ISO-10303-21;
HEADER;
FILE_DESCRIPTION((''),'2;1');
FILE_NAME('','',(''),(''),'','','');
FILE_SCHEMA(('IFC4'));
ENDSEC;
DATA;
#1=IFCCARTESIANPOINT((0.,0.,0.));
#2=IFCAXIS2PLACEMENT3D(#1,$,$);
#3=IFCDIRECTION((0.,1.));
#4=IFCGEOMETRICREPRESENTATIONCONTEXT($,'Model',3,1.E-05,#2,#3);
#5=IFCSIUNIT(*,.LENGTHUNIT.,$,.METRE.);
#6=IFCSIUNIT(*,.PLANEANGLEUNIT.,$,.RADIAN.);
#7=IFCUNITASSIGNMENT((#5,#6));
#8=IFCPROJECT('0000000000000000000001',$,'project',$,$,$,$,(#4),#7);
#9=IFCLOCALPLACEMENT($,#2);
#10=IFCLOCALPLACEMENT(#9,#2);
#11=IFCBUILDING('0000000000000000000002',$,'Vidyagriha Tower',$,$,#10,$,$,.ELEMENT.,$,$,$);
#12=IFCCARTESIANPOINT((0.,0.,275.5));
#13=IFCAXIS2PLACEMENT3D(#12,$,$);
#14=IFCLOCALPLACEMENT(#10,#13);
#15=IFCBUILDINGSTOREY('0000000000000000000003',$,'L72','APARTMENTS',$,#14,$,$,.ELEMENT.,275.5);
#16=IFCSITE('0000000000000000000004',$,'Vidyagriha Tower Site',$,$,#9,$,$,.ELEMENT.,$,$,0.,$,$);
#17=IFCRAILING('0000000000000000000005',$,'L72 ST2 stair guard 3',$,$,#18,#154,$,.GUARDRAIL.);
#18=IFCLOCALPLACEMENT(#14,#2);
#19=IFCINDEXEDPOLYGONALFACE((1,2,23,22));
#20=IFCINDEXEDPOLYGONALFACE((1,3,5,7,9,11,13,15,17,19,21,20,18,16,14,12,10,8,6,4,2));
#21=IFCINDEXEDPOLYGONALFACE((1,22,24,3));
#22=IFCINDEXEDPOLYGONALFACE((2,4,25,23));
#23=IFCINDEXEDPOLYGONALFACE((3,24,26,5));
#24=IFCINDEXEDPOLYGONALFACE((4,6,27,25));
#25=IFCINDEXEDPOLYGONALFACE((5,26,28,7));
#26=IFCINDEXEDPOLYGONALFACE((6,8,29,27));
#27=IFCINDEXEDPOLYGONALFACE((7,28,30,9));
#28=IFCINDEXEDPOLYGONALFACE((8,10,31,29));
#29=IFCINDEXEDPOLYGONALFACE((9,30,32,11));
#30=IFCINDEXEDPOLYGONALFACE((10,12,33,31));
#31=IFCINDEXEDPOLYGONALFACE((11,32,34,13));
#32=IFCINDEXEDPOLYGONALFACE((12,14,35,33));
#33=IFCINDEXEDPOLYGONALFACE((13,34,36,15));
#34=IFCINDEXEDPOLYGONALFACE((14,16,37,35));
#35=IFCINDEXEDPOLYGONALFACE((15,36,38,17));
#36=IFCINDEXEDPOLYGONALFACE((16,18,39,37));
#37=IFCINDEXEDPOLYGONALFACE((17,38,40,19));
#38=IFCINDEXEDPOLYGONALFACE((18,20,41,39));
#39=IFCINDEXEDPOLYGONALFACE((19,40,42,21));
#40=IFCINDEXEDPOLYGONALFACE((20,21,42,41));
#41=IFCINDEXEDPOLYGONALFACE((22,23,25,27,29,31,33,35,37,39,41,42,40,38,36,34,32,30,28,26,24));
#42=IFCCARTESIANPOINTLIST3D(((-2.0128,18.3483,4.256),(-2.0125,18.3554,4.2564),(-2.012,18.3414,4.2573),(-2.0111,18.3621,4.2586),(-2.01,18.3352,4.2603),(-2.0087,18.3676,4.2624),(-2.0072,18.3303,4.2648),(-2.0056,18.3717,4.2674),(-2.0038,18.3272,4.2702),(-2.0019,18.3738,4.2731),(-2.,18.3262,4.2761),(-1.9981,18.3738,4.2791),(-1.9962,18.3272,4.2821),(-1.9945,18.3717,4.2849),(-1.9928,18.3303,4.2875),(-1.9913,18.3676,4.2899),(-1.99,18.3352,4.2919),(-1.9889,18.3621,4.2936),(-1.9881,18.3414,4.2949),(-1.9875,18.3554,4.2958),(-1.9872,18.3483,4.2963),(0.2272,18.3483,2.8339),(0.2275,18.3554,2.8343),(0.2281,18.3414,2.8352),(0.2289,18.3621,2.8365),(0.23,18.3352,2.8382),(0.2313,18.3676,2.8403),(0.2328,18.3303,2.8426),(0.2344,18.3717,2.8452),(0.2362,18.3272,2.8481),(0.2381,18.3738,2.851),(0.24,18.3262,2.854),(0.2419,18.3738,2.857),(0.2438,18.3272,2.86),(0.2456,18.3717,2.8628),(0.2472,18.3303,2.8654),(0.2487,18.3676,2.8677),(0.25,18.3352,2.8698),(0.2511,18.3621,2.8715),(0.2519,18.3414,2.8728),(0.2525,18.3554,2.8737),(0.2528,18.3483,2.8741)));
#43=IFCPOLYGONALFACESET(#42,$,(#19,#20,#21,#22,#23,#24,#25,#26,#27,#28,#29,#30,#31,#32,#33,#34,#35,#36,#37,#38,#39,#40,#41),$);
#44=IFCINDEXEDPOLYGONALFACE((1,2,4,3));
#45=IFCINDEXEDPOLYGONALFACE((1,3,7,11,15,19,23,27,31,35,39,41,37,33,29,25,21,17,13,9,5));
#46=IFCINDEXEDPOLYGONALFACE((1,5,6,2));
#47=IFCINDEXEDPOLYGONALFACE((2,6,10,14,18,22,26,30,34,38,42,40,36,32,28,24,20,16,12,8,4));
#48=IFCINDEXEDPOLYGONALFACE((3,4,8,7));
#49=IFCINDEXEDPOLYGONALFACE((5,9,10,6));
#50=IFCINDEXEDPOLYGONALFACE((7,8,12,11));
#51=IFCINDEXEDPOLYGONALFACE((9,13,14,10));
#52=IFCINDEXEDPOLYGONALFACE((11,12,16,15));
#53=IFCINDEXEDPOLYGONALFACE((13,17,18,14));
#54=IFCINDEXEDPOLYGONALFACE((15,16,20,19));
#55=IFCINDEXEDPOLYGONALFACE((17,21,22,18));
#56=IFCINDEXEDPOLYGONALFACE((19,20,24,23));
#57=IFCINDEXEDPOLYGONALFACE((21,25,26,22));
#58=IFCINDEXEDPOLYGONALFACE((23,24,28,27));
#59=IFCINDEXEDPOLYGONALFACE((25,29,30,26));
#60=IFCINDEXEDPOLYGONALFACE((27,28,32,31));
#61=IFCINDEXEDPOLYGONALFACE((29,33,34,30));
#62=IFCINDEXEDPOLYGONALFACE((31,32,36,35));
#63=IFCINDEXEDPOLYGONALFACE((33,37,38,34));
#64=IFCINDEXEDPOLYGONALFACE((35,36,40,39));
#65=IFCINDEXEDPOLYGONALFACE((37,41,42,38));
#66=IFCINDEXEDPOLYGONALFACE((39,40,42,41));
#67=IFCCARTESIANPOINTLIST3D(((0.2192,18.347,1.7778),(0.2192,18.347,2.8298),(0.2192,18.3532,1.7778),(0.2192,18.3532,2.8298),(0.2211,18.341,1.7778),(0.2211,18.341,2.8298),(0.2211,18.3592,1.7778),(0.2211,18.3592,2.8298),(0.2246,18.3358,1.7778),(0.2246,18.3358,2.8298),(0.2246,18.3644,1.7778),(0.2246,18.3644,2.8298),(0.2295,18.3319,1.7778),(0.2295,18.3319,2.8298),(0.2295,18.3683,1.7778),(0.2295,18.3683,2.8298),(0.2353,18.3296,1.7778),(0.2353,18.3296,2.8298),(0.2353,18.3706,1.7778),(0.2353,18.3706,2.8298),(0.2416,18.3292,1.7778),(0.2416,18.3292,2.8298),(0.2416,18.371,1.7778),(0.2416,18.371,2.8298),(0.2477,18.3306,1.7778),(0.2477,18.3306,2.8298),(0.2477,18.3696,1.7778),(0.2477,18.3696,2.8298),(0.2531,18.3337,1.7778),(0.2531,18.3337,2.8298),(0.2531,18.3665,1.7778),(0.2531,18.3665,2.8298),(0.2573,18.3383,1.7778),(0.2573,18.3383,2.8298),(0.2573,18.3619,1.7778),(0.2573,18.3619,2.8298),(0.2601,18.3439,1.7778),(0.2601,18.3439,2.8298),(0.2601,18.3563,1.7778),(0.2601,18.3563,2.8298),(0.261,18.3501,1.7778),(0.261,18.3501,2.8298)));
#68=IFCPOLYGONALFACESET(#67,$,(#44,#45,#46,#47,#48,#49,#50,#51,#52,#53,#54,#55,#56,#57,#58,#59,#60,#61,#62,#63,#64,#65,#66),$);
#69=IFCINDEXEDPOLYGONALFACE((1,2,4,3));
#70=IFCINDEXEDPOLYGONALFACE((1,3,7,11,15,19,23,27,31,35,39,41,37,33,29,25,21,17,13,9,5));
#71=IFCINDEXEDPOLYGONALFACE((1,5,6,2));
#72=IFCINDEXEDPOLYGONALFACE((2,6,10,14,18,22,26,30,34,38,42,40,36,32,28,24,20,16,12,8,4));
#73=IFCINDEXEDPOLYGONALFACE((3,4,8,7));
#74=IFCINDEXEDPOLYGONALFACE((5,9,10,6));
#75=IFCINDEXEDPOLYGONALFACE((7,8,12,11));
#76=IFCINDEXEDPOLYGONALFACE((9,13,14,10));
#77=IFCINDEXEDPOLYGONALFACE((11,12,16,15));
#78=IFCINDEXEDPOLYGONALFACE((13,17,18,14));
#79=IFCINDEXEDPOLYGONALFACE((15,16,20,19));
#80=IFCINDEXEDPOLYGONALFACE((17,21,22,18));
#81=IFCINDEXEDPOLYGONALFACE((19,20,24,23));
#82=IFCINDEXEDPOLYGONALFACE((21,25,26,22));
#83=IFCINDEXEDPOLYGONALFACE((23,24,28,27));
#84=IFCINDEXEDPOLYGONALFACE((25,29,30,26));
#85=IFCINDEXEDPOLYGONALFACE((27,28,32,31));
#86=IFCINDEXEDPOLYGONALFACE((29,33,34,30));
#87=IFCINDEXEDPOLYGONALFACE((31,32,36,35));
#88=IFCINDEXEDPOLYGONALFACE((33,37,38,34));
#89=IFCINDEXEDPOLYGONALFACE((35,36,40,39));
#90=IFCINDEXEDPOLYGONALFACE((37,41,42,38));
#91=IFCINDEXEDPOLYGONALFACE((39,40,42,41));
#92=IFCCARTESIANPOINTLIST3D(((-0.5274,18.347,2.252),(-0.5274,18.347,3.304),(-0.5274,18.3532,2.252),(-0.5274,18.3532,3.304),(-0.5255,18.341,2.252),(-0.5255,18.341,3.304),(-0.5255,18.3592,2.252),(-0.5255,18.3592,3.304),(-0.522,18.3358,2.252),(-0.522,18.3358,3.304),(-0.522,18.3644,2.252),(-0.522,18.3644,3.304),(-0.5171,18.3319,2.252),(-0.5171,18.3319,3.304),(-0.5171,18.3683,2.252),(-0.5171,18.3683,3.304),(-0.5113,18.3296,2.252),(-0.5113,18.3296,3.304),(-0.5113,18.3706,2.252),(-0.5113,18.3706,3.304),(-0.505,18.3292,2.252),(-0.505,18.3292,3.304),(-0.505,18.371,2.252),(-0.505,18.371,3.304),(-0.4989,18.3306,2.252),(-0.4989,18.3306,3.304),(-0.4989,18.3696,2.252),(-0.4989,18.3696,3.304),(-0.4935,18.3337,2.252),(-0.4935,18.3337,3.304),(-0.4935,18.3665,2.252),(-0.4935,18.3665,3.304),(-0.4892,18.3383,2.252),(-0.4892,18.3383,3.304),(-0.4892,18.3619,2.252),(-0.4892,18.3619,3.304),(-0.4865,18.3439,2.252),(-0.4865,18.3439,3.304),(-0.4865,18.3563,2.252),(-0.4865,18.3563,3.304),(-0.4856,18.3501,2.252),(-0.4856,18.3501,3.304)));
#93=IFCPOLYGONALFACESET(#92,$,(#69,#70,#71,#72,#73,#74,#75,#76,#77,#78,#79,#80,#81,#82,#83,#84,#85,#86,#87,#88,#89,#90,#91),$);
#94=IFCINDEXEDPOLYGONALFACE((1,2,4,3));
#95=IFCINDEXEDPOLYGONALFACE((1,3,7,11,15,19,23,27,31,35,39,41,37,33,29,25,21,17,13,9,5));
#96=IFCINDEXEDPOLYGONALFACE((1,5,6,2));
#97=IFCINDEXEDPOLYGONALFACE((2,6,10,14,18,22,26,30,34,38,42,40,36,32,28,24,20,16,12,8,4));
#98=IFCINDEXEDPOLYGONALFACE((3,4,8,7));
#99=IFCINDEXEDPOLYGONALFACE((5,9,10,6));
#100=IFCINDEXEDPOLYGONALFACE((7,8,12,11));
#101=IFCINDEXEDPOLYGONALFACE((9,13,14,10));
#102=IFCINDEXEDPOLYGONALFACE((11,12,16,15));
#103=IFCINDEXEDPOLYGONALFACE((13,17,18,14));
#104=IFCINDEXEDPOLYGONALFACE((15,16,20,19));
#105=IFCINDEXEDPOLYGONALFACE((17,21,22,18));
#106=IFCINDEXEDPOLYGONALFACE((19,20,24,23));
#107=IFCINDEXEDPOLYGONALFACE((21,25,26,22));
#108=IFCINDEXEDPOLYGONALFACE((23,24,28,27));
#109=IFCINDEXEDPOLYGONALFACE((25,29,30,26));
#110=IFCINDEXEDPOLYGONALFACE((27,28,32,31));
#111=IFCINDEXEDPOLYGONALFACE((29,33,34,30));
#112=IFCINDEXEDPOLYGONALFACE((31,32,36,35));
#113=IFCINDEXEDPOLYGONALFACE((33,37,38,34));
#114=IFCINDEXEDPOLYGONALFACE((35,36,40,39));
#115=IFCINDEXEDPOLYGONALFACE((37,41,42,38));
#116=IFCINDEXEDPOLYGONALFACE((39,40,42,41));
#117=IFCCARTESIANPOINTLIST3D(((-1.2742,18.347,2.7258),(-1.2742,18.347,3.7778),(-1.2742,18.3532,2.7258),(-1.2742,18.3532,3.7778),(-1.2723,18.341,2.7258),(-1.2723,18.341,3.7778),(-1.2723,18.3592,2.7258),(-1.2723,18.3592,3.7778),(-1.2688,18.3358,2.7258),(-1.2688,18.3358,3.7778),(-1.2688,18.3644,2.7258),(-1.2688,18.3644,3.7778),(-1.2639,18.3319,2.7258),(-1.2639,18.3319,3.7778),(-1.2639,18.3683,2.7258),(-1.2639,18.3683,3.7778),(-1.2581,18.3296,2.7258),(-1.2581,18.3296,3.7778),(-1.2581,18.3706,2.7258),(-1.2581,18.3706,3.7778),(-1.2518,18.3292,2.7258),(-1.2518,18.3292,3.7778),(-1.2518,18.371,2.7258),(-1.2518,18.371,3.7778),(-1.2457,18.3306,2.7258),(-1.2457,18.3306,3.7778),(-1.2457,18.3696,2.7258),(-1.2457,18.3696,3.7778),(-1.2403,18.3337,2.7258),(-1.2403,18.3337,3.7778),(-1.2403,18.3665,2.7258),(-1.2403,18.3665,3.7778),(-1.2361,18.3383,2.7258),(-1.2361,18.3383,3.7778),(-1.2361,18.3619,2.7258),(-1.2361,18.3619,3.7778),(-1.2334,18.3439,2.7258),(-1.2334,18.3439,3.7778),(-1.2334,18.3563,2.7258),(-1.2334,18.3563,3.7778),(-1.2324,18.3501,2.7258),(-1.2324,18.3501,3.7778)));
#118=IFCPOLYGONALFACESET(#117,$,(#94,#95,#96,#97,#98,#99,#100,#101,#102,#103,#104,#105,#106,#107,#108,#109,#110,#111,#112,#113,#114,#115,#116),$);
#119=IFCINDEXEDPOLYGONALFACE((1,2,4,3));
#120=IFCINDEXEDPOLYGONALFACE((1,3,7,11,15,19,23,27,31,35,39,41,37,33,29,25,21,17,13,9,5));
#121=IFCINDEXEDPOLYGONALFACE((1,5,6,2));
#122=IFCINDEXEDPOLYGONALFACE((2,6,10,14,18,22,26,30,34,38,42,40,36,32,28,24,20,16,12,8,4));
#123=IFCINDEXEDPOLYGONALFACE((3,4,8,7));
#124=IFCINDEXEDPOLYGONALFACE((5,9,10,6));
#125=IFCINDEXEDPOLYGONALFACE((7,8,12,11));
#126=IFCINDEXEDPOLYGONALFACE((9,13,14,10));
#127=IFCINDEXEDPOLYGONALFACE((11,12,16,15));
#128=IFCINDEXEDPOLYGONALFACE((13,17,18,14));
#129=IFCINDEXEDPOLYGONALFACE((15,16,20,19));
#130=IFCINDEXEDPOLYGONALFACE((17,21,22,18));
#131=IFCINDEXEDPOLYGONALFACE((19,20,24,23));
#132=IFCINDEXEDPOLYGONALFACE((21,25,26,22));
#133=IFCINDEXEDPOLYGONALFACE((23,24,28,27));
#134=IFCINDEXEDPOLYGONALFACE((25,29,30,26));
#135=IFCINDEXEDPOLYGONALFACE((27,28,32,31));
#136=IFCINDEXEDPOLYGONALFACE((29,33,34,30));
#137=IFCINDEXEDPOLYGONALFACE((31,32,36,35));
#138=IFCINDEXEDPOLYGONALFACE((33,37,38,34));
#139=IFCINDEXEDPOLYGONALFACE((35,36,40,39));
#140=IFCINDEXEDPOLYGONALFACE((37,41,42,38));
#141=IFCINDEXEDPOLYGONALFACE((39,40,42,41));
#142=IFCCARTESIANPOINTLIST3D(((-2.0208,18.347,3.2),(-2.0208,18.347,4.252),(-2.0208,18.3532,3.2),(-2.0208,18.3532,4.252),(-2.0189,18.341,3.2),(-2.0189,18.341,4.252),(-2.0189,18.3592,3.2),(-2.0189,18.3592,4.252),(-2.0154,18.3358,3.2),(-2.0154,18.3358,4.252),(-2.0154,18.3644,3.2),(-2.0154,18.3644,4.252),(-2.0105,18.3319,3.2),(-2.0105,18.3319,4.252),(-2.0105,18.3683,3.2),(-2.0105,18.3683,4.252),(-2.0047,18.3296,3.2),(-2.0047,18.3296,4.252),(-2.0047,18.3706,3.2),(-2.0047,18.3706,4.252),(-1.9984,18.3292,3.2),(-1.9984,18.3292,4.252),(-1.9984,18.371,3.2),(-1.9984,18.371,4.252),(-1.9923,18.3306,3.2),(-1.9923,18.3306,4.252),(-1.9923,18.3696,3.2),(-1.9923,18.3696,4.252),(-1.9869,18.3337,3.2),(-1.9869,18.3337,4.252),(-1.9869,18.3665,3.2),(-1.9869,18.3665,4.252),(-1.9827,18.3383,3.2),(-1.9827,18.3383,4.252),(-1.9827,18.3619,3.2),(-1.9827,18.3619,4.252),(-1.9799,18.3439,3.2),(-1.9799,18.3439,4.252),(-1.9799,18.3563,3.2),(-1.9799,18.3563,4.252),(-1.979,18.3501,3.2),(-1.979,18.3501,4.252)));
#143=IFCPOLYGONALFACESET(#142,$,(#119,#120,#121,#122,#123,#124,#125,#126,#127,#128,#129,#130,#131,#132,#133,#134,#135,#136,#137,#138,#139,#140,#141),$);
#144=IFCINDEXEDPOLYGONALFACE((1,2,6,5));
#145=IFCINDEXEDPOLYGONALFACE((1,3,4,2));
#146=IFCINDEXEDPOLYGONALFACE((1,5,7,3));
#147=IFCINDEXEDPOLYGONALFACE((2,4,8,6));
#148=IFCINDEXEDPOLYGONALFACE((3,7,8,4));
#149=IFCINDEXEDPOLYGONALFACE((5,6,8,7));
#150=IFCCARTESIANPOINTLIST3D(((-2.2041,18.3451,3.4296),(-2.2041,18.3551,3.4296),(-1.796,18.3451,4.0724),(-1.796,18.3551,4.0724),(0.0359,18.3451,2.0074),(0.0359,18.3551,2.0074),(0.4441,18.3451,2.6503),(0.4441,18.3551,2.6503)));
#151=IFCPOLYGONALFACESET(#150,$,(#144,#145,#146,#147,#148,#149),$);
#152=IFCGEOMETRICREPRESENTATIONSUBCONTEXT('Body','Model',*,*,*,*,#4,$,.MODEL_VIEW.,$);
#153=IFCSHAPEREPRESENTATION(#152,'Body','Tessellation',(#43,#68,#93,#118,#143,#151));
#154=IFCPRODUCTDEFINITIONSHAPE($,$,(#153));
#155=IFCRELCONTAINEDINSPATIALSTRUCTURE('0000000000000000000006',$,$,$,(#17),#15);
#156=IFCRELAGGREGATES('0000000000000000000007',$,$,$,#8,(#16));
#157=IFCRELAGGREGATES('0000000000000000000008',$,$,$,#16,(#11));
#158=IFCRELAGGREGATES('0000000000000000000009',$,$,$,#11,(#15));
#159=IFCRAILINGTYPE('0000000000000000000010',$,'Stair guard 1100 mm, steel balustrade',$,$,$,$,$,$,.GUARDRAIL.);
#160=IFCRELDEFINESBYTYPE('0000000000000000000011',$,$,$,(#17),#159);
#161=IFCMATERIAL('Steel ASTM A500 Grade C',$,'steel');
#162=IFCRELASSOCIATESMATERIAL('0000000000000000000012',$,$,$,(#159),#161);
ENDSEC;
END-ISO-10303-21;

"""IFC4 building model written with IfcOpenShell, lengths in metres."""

from ifc_helpers import new_model, si_unit, direction, frame, origin, origin_2d, place, context, subcontext, project, spatial, rectangle, circle, extrude, material, type_object, element, save


model = new_model("IFC4")

# Units and contexts
model_context = context("Model", 3, precision=1e-05, world=origin(), true_north=direction((0.0, 1.0)))
body_context = subcontext(model_context, "Body", "Model", "MODEL_VIEW")
ifc_project = project(units=[si_unit("LENGTHUNIT", "METRE"), si_unit("PLANEANGLEUNIT", "RADIAN")], contexts=[model_context])

# Site, building, storey
site_placement = place(None, origin())
site = spatial("IfcSite", under=ifc_project, at=site_placement, Name="Vidyagriha Tower Site", CompositionType="ELEMENT", RefElevation=0.0)
building_placement = place(site_placement, origin())
building = spatial("IfcBuilding", under=site, at=building_placement, Name="Vidyagriha Tower", CompositionType="ELEMENT")
storey_placement = place(building_placement, frame((0.0, 0.0, 275.5)))
storey = spatial("IfcBuildingStorey", under=building, at=storey_placement, Name="L72", Description="APARTMENTS", CompositionType="ELEMENT", Elevation=275.5)

# Railing
ifc_material_1 = material(Name="Steel ASTM A500 Grade C", Category="steel")
railing_type_1 = type_object("IfcRailingType", Name="Stair guard 1100 mm, steel balustrade", PredefinedType="GUARDRAIL", material=ifc_material_1)
railing_1_placement = place(storey_placement, frame((0.24, 18.3501, 1.7778)))
element("IfcRailing", 1, at=railing_1_placement, inside=storey, type_object=railing_type_1, Name="L72 ST2 stair guard 3", PredefinedType="GUARDRAIL", context=body_context, shape_type="SweptSolid", body=[
    extrude(circle(Radius=0.0239, at=origin_2d()), frame((0.0, 0.0, 1.0762), z_axis=(-0.844229, 0.0, 0.535982), x_axis=(0.0, -1.0, 0.0)), (0.0, 0.0, 1.0), 2.6533),
    extrude(circle(Radius=0.021, at=origin_2d()), origin(), (0.0, 0.0, 1.0), 1.052),
    extrude(circle(Radius=0.021, at=origin_2d()), frame((-0.7466, 0.0, 0.4741)), (0.0, 0.0, 1.0), 1.052),
    extrude(circle(Radius=0.021, at=origin_2d()), frame((-1.4934, 0.0, 0.948)), (0.0, 0.0, 1.0), 1.052),
    extrude(circle(Radius=0.021, at=origin_2d()), frame((-2.24, 0.0, 1.4221)), (0.0, 0.0, 1.0), 1.052),
    extrude(rectangle(XDim=0.01, YDim=0.7615, at=origin_2d()), frame((0.0, 0.0, 0.551), z_axis=(-0.844229, 0.0, 0.535982), x_axis=(0.0, -1.0, 0.0)), (0.0, 0.0, 1.0), 2.6533),
])

save(model, "model.ifc")
